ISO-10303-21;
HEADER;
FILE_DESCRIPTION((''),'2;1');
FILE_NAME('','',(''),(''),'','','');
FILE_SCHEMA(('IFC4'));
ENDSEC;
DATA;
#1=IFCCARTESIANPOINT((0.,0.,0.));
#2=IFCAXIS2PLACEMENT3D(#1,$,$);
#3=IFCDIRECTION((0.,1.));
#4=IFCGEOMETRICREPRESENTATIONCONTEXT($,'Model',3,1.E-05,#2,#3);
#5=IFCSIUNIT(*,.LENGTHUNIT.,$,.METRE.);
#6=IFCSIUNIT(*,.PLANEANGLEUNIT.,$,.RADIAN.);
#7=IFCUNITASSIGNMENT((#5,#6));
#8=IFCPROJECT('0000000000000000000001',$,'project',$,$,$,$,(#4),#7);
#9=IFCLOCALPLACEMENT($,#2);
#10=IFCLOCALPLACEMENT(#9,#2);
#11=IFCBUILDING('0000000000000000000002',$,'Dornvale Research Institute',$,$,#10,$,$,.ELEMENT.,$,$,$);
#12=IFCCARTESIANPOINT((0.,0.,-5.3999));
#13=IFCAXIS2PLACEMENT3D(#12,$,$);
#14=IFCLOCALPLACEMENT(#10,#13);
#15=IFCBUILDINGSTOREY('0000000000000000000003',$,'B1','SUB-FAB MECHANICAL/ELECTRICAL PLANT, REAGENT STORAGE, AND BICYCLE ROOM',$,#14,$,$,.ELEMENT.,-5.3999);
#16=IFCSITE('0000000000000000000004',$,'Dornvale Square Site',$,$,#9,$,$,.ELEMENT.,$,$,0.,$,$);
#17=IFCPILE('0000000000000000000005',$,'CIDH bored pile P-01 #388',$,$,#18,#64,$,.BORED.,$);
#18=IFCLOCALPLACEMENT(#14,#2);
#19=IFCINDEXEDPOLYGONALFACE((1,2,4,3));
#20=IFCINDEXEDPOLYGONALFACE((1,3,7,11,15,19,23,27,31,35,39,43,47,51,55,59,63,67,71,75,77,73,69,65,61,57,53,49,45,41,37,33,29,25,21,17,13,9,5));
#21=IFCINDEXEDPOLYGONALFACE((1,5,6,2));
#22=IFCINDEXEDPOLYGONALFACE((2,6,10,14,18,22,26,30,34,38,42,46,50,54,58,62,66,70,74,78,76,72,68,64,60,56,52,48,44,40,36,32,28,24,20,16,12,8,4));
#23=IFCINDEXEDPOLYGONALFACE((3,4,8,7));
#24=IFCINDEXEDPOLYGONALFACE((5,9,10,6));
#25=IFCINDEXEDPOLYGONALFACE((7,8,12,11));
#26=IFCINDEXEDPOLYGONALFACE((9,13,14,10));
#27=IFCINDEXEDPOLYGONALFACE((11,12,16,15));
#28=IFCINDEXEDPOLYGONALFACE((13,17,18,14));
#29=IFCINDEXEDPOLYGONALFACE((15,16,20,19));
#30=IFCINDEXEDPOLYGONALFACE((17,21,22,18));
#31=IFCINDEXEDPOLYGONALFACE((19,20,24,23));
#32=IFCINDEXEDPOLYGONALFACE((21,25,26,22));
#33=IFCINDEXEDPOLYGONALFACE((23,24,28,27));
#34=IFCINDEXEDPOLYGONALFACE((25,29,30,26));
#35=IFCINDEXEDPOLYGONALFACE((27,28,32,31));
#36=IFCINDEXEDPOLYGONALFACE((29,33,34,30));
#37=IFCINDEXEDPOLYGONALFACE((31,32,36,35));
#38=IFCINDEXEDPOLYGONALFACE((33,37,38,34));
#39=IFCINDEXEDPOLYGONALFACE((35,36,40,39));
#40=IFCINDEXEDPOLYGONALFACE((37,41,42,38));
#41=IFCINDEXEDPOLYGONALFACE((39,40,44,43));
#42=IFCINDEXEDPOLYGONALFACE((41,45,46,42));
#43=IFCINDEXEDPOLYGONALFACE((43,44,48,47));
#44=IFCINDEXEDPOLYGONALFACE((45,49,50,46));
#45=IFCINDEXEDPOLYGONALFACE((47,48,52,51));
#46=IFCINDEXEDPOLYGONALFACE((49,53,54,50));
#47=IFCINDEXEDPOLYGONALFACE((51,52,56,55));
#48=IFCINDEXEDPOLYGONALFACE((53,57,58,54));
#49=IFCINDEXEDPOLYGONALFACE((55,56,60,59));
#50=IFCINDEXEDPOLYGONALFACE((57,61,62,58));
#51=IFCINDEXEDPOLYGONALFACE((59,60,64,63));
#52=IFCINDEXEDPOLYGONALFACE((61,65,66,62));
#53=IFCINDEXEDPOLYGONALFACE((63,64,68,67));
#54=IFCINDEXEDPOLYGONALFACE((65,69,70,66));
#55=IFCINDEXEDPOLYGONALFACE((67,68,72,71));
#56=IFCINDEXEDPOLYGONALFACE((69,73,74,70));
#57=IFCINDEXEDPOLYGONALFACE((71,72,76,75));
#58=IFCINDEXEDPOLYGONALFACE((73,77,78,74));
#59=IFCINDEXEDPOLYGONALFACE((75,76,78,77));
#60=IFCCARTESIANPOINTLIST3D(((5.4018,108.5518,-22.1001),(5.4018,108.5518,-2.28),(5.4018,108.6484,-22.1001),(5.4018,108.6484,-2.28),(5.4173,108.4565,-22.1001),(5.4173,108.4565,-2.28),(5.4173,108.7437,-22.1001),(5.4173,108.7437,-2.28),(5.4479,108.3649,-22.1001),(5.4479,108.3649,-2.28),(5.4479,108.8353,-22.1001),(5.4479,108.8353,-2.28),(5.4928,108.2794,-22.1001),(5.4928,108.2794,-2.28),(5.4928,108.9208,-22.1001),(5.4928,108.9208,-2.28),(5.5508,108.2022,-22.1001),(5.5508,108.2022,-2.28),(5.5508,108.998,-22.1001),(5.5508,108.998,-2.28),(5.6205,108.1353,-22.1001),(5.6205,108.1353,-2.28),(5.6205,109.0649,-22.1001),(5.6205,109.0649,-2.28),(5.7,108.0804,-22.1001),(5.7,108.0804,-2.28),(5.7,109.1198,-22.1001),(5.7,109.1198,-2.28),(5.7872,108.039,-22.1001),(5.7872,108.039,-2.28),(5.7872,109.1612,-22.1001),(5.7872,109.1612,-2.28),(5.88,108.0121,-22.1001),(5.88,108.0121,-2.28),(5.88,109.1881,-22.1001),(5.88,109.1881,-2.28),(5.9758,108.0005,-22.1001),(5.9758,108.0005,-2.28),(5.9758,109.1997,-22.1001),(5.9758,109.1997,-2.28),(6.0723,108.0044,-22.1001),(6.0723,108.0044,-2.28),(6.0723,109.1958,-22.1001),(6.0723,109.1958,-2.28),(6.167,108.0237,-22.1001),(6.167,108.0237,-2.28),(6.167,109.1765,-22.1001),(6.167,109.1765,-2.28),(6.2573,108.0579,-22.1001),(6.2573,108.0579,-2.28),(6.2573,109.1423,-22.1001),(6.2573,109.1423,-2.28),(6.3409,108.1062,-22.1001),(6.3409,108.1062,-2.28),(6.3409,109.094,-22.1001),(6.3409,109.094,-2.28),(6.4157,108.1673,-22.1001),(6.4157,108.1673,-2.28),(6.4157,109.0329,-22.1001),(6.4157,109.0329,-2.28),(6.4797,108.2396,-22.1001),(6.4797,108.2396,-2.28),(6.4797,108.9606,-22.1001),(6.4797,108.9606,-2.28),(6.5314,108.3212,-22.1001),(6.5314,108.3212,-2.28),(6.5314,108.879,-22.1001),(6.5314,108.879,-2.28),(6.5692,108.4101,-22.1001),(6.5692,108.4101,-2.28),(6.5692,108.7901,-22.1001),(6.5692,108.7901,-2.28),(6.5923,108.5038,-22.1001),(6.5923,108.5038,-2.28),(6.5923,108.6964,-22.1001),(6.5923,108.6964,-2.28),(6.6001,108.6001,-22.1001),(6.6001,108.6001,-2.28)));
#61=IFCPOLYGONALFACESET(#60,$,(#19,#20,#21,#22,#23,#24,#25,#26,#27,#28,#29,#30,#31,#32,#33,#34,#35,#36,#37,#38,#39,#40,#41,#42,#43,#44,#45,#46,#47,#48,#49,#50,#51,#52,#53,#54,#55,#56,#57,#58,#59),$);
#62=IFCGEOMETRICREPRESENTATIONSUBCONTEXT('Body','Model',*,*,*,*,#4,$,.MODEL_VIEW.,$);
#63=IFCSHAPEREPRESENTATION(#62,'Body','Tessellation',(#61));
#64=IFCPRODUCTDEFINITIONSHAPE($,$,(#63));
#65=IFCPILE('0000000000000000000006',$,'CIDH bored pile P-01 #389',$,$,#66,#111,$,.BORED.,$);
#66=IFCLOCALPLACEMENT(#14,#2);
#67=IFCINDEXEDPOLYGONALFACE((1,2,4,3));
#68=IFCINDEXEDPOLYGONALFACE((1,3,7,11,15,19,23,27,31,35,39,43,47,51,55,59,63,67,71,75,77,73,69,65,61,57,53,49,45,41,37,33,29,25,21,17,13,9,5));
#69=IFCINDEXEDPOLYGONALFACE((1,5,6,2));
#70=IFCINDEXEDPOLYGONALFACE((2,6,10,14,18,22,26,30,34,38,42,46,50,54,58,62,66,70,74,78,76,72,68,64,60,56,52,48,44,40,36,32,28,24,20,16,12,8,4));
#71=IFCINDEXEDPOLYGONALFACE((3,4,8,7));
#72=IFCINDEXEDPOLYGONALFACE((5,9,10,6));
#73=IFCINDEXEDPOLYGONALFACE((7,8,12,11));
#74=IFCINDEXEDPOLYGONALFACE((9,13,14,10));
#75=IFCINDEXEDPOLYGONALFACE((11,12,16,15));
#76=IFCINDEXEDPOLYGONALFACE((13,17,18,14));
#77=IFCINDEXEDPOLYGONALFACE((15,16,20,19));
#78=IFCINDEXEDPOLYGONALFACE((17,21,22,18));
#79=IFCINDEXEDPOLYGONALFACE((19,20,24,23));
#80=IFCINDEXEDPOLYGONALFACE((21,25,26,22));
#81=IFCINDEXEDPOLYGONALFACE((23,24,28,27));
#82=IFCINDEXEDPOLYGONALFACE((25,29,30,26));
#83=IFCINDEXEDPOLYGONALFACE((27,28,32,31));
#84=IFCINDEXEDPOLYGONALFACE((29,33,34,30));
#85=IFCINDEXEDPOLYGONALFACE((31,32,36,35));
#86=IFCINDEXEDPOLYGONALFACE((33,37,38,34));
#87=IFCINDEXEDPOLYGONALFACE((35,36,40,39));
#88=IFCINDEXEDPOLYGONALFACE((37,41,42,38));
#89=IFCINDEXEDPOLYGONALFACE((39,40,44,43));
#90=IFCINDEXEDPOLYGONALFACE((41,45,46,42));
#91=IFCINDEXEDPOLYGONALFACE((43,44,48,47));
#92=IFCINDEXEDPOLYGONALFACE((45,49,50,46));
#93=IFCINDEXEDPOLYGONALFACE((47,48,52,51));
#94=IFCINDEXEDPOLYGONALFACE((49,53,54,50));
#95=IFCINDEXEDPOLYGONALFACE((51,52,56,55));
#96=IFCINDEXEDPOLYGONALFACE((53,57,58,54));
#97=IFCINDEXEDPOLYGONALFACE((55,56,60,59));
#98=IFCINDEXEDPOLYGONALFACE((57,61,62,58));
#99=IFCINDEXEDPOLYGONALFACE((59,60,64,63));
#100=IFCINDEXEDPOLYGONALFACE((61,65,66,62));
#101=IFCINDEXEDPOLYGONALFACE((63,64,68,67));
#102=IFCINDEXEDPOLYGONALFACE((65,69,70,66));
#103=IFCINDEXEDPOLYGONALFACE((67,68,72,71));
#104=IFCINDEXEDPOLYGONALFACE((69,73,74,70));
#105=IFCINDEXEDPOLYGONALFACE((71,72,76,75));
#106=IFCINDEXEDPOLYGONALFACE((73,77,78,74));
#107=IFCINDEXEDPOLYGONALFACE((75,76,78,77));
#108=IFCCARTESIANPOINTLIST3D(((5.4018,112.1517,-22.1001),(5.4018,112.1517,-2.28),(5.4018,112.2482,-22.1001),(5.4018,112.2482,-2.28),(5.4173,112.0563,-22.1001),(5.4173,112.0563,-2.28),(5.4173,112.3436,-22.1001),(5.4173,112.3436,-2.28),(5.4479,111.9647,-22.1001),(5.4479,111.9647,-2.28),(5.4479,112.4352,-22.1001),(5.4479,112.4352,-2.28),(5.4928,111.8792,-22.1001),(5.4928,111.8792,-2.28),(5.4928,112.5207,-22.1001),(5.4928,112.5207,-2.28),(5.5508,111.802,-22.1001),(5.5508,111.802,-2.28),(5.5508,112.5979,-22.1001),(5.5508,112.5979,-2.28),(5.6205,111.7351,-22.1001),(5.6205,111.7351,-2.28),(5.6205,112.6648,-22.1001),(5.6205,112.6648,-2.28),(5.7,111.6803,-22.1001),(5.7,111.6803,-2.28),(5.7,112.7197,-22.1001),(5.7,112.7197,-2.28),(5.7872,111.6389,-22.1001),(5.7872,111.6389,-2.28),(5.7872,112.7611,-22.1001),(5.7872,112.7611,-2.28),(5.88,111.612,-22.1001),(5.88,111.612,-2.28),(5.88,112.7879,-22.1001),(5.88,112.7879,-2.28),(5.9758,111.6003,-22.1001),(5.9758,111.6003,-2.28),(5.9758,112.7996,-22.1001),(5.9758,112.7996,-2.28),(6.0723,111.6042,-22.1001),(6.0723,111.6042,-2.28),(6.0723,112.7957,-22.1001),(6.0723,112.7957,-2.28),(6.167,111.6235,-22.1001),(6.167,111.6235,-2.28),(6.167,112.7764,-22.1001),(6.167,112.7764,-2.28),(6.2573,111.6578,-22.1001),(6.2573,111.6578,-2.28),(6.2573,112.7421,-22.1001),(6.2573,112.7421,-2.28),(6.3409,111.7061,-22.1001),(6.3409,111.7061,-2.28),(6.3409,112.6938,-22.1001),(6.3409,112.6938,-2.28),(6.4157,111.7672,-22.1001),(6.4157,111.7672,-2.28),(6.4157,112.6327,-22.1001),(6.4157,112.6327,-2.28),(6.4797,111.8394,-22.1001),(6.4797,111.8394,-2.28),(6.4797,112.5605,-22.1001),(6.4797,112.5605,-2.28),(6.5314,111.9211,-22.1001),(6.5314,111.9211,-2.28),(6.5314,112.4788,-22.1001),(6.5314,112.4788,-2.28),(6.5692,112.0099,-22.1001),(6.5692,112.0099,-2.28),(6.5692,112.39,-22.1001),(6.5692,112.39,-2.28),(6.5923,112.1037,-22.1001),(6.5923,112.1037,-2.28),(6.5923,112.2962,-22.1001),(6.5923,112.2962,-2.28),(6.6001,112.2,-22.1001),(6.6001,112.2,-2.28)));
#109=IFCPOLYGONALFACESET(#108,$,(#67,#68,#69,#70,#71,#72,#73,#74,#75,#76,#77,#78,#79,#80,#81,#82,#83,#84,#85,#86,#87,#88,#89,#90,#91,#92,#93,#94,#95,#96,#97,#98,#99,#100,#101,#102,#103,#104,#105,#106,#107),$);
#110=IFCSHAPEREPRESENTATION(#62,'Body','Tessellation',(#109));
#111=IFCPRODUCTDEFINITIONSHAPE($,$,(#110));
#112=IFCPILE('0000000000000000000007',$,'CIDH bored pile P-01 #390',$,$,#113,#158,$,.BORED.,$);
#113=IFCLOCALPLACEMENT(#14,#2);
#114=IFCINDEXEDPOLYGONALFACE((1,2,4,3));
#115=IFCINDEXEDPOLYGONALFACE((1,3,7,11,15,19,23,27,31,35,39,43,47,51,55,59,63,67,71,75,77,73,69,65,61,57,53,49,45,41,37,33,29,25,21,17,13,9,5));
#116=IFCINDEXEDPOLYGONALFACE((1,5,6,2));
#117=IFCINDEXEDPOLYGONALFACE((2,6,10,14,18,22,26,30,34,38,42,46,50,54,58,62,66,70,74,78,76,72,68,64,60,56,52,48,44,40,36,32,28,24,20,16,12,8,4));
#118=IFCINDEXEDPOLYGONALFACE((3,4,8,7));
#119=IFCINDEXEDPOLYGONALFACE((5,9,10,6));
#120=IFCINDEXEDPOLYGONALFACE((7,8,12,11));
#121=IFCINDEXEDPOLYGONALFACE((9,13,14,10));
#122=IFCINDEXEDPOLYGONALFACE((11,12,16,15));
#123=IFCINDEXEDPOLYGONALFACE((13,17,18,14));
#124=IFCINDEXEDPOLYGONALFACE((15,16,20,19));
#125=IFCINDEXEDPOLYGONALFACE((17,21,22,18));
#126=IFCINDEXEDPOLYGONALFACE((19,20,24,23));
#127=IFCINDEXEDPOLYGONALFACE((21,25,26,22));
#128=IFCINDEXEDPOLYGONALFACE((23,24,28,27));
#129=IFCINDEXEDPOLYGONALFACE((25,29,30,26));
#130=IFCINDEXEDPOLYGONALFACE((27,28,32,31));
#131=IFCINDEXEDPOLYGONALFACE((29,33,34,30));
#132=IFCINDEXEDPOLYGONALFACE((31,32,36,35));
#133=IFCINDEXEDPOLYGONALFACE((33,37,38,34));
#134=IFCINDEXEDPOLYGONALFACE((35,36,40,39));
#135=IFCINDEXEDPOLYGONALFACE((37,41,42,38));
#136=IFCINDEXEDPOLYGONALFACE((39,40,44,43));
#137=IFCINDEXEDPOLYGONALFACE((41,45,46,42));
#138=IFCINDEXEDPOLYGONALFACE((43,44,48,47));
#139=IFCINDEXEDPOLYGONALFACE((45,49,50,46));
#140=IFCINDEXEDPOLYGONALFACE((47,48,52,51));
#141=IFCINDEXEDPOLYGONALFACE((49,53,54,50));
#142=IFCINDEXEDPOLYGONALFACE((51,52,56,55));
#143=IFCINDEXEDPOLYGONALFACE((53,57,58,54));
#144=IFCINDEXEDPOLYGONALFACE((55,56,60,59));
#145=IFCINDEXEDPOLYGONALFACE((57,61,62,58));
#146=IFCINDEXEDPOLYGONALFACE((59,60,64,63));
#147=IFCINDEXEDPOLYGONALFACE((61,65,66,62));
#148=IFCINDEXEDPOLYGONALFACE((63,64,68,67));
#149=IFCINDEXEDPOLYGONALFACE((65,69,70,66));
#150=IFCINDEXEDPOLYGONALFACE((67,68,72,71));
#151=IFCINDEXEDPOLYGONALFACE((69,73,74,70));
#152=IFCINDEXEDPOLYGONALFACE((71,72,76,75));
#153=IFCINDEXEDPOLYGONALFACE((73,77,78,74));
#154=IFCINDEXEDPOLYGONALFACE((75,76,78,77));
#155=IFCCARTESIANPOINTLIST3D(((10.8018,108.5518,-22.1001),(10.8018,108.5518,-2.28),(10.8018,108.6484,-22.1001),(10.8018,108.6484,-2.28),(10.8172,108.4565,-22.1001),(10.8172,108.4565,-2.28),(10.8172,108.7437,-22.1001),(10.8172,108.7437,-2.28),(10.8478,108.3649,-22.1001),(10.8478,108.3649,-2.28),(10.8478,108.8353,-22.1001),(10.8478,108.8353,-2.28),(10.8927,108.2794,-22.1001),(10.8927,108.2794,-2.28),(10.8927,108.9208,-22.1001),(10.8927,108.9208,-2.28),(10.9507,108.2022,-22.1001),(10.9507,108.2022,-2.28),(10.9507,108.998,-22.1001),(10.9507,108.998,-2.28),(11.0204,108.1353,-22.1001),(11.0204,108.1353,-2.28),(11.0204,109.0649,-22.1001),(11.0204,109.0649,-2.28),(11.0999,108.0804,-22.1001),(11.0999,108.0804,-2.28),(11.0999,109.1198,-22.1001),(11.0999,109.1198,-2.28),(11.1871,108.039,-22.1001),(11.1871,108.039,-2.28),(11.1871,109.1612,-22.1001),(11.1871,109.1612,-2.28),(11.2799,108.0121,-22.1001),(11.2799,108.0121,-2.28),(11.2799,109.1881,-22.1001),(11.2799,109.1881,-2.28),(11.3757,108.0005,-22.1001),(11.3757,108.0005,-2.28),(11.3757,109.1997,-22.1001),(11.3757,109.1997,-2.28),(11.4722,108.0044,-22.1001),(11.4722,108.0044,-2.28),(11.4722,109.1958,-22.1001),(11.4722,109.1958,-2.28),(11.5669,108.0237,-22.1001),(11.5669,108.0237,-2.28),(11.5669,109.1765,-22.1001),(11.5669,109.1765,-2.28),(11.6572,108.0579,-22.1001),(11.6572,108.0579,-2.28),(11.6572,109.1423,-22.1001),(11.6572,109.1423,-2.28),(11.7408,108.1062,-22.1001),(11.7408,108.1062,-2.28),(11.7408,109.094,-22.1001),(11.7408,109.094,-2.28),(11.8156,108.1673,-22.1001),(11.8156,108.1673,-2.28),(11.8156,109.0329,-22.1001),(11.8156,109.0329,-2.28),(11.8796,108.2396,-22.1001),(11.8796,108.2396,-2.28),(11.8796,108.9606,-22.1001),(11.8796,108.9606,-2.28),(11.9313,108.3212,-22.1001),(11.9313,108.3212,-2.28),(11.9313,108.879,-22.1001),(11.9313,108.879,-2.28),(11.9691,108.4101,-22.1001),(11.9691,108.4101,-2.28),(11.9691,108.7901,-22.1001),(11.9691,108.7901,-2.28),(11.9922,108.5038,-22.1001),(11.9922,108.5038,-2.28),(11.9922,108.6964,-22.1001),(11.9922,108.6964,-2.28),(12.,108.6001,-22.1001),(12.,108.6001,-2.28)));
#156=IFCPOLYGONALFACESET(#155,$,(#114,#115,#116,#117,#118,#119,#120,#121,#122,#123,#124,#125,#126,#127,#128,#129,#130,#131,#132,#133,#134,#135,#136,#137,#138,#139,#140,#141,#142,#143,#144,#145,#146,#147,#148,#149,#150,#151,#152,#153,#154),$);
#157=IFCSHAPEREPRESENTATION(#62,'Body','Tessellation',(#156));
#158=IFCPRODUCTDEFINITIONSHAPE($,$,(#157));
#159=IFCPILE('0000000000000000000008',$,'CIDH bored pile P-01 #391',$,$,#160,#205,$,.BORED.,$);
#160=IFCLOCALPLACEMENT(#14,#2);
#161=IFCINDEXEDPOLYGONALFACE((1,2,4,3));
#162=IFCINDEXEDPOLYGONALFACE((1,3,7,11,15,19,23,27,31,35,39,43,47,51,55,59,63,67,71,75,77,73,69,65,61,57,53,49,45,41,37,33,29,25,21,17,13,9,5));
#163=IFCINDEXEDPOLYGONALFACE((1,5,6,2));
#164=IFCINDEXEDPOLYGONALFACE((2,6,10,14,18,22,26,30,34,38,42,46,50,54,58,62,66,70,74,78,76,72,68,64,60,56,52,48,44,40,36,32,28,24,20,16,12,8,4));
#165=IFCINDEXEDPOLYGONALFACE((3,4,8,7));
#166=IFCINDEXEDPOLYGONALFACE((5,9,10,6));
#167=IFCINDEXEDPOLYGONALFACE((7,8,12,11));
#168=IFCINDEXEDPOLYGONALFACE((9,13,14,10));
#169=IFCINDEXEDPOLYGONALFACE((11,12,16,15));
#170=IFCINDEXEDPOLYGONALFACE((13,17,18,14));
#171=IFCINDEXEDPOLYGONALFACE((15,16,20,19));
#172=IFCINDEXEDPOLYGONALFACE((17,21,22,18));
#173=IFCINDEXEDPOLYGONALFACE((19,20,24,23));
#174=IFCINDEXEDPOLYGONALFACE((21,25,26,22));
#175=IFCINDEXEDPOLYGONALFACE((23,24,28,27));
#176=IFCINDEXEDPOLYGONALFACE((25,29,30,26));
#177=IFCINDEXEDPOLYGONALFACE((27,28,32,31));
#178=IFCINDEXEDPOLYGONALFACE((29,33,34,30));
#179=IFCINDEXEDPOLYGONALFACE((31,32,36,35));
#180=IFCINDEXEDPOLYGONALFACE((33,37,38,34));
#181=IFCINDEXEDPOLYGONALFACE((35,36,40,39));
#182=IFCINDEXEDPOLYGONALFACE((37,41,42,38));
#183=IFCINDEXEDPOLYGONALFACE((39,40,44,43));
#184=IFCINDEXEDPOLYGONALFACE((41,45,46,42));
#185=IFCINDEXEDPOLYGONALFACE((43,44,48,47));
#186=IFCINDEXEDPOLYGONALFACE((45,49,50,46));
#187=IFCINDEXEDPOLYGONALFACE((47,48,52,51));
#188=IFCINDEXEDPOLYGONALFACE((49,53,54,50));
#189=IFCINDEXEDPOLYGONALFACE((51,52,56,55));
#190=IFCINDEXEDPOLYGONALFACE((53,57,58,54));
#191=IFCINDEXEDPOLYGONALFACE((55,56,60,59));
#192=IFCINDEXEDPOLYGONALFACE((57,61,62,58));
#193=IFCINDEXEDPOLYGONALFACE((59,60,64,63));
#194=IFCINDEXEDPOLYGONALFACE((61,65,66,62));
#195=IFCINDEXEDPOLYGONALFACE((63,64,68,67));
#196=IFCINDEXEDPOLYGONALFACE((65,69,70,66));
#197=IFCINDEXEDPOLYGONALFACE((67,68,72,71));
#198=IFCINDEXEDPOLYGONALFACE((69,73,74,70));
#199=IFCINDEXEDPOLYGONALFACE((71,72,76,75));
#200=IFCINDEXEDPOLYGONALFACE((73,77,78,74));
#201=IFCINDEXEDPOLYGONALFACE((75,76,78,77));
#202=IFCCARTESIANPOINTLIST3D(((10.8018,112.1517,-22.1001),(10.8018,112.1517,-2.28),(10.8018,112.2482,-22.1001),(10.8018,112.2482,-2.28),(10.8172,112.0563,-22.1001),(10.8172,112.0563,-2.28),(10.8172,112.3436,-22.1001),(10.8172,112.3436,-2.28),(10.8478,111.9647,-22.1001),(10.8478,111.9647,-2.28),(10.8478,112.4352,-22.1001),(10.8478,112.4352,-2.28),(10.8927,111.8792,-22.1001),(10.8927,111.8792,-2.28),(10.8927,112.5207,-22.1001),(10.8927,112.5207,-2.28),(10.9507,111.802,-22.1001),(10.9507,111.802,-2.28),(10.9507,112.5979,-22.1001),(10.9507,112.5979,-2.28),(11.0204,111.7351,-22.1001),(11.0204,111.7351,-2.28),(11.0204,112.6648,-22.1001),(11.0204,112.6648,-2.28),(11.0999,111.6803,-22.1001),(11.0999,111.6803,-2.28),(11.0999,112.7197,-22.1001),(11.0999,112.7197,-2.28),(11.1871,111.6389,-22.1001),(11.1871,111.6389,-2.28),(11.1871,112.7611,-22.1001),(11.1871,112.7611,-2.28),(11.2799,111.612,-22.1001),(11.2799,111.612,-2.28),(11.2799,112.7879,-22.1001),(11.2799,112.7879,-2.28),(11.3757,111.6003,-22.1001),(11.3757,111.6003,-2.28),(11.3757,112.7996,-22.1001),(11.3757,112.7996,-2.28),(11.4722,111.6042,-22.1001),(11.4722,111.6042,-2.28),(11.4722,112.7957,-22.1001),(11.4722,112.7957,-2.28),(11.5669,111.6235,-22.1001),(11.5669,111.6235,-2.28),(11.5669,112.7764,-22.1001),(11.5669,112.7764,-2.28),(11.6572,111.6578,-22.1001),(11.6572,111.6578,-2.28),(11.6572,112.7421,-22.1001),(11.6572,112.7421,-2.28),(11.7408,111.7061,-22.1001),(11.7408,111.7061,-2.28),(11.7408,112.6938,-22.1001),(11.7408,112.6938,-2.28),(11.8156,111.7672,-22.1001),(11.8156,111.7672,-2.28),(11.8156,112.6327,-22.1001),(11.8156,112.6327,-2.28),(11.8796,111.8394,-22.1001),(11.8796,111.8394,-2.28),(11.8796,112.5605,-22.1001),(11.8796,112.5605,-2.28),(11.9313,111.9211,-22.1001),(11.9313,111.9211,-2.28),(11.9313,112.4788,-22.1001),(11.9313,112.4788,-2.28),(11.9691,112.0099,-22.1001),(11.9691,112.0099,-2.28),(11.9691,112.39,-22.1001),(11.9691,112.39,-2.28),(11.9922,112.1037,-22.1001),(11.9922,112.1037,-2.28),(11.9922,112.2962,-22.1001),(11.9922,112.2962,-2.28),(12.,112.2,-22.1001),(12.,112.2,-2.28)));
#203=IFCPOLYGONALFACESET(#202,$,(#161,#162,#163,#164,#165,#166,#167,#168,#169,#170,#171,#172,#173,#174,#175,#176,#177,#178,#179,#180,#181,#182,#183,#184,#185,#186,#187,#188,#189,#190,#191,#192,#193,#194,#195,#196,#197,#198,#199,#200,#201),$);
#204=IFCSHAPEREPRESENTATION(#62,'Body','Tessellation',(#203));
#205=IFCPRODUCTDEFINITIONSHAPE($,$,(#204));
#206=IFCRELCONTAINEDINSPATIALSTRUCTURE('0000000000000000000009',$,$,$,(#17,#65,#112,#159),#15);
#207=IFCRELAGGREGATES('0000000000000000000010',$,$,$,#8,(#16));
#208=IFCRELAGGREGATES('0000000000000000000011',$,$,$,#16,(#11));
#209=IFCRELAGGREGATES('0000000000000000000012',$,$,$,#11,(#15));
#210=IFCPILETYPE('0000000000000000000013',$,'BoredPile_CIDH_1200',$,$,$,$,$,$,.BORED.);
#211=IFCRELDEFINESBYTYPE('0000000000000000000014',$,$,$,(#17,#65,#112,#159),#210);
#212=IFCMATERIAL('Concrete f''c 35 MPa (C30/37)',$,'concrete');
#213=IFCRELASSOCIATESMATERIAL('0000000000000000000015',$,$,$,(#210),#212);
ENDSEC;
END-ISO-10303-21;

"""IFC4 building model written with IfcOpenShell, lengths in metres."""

from ifc_helpers import new_model, si_unit, direction, frame, origin, origin_2d, place, context, subcontext, project, spatial, circle, extrude, material, material_profile, profile_set, type_object, element, save


model = new_model("IFC4")

# Units and contexts
model_context = context("Model", 3, precision=1e-05, world=origin(), true_north=direction((0.0, 1.0)))
body_context = subcontext(model_context, "Body", "Model", "MODEL_VIEW")
ifc_project = project(units=[si_unit("LENGTHUNIT", "METRE"), si_unit("PLANEANGLEUNIT", "RADIAN")], contexts=[model_context])

# Site, building, storey
site_placement = place(None, origin())
site = spatial("IfcSite", under=ifc_project, at=site_placement, Name="Dornvale Square Site", CompositionType="ELEMENT", RefElevation=0.0)
building_placement = place(site_placement, origin())
building = spatial("IfcBuilding", under=site, at=building_placement, Name="Dornvale Research Institute", CompositionType="ELEMENT")
storey_placement = place(building_placement, frame((0.0, 0.0, -5.3999)))
storey = spatial("IfcBuildingStorey", under=building, at=storey_placement, Name="B1", Description="SUB-FAB MECHANICAL/ELECTRICAL PLANT, REAGENT STORAGE, AND BICYCLE ROOM", CompositionType="ELEMENT", Elevation=-5.3999)

# Piles
ifc_material_1 = material(Name="Concrete f'c 35 MPa (C30/37)", Category="concrete")
ifc_material_profile_1 = material_profile(ifc_material_1, circle(Radius=0.6001, at=origin_2d()), Name="CIDH PILE D1200")
ifc_profile_set_1 = profile_set([ifc_material_profile_1], Name="Concrete f'c 35 MPa (C30/37)")
pile_type = type_object("IfcPileType", Name="BoredPile_CIDH_1200", PredefinedType="BORED", material=ifc_profile_set_1)
for number, where, z_axis, x_axis, name in (
    (1, (6.0, 108.6001, -2.28), (0.0, 0.0, -1.0), (1.0, 0.0, 0.0), "CIDH bored pile P-01 #388"),
    (2, (6.0, 112.2, -2.28), (0.0, 0.0, -1.0), (1.0, 0.0, 0.0), "CIDH bored pile P-01 #389"),
    (3, (11.3999, 108.6001, -2.28), (0.0, 0.0, -1.0), (1.0, 0.0, 0.0), "CIDH bored pile P-01 #390"),
    (4, (11.3999, 112.2, -2.28), (0.0, 0.0, -1.0), (1.0, 0.0, 0.0), "CIDH bored pile P-01 #391"),
):
    element("IfcPile", number, at=place(storey_placement, frame(where, z_axis=z_axis, x_axis=x_axis)), inside=storey, type_object=pile_type, Name=name, PredefinedType="BORED", context=body_context, shape_type="SweptSolid", body=[
        extrude(circle(Radius=0.6001, at=origin_2d()), origin(), (0.0, 0.0, 1.0), 19.8201),
    ])

save(model, "model.ifc")
